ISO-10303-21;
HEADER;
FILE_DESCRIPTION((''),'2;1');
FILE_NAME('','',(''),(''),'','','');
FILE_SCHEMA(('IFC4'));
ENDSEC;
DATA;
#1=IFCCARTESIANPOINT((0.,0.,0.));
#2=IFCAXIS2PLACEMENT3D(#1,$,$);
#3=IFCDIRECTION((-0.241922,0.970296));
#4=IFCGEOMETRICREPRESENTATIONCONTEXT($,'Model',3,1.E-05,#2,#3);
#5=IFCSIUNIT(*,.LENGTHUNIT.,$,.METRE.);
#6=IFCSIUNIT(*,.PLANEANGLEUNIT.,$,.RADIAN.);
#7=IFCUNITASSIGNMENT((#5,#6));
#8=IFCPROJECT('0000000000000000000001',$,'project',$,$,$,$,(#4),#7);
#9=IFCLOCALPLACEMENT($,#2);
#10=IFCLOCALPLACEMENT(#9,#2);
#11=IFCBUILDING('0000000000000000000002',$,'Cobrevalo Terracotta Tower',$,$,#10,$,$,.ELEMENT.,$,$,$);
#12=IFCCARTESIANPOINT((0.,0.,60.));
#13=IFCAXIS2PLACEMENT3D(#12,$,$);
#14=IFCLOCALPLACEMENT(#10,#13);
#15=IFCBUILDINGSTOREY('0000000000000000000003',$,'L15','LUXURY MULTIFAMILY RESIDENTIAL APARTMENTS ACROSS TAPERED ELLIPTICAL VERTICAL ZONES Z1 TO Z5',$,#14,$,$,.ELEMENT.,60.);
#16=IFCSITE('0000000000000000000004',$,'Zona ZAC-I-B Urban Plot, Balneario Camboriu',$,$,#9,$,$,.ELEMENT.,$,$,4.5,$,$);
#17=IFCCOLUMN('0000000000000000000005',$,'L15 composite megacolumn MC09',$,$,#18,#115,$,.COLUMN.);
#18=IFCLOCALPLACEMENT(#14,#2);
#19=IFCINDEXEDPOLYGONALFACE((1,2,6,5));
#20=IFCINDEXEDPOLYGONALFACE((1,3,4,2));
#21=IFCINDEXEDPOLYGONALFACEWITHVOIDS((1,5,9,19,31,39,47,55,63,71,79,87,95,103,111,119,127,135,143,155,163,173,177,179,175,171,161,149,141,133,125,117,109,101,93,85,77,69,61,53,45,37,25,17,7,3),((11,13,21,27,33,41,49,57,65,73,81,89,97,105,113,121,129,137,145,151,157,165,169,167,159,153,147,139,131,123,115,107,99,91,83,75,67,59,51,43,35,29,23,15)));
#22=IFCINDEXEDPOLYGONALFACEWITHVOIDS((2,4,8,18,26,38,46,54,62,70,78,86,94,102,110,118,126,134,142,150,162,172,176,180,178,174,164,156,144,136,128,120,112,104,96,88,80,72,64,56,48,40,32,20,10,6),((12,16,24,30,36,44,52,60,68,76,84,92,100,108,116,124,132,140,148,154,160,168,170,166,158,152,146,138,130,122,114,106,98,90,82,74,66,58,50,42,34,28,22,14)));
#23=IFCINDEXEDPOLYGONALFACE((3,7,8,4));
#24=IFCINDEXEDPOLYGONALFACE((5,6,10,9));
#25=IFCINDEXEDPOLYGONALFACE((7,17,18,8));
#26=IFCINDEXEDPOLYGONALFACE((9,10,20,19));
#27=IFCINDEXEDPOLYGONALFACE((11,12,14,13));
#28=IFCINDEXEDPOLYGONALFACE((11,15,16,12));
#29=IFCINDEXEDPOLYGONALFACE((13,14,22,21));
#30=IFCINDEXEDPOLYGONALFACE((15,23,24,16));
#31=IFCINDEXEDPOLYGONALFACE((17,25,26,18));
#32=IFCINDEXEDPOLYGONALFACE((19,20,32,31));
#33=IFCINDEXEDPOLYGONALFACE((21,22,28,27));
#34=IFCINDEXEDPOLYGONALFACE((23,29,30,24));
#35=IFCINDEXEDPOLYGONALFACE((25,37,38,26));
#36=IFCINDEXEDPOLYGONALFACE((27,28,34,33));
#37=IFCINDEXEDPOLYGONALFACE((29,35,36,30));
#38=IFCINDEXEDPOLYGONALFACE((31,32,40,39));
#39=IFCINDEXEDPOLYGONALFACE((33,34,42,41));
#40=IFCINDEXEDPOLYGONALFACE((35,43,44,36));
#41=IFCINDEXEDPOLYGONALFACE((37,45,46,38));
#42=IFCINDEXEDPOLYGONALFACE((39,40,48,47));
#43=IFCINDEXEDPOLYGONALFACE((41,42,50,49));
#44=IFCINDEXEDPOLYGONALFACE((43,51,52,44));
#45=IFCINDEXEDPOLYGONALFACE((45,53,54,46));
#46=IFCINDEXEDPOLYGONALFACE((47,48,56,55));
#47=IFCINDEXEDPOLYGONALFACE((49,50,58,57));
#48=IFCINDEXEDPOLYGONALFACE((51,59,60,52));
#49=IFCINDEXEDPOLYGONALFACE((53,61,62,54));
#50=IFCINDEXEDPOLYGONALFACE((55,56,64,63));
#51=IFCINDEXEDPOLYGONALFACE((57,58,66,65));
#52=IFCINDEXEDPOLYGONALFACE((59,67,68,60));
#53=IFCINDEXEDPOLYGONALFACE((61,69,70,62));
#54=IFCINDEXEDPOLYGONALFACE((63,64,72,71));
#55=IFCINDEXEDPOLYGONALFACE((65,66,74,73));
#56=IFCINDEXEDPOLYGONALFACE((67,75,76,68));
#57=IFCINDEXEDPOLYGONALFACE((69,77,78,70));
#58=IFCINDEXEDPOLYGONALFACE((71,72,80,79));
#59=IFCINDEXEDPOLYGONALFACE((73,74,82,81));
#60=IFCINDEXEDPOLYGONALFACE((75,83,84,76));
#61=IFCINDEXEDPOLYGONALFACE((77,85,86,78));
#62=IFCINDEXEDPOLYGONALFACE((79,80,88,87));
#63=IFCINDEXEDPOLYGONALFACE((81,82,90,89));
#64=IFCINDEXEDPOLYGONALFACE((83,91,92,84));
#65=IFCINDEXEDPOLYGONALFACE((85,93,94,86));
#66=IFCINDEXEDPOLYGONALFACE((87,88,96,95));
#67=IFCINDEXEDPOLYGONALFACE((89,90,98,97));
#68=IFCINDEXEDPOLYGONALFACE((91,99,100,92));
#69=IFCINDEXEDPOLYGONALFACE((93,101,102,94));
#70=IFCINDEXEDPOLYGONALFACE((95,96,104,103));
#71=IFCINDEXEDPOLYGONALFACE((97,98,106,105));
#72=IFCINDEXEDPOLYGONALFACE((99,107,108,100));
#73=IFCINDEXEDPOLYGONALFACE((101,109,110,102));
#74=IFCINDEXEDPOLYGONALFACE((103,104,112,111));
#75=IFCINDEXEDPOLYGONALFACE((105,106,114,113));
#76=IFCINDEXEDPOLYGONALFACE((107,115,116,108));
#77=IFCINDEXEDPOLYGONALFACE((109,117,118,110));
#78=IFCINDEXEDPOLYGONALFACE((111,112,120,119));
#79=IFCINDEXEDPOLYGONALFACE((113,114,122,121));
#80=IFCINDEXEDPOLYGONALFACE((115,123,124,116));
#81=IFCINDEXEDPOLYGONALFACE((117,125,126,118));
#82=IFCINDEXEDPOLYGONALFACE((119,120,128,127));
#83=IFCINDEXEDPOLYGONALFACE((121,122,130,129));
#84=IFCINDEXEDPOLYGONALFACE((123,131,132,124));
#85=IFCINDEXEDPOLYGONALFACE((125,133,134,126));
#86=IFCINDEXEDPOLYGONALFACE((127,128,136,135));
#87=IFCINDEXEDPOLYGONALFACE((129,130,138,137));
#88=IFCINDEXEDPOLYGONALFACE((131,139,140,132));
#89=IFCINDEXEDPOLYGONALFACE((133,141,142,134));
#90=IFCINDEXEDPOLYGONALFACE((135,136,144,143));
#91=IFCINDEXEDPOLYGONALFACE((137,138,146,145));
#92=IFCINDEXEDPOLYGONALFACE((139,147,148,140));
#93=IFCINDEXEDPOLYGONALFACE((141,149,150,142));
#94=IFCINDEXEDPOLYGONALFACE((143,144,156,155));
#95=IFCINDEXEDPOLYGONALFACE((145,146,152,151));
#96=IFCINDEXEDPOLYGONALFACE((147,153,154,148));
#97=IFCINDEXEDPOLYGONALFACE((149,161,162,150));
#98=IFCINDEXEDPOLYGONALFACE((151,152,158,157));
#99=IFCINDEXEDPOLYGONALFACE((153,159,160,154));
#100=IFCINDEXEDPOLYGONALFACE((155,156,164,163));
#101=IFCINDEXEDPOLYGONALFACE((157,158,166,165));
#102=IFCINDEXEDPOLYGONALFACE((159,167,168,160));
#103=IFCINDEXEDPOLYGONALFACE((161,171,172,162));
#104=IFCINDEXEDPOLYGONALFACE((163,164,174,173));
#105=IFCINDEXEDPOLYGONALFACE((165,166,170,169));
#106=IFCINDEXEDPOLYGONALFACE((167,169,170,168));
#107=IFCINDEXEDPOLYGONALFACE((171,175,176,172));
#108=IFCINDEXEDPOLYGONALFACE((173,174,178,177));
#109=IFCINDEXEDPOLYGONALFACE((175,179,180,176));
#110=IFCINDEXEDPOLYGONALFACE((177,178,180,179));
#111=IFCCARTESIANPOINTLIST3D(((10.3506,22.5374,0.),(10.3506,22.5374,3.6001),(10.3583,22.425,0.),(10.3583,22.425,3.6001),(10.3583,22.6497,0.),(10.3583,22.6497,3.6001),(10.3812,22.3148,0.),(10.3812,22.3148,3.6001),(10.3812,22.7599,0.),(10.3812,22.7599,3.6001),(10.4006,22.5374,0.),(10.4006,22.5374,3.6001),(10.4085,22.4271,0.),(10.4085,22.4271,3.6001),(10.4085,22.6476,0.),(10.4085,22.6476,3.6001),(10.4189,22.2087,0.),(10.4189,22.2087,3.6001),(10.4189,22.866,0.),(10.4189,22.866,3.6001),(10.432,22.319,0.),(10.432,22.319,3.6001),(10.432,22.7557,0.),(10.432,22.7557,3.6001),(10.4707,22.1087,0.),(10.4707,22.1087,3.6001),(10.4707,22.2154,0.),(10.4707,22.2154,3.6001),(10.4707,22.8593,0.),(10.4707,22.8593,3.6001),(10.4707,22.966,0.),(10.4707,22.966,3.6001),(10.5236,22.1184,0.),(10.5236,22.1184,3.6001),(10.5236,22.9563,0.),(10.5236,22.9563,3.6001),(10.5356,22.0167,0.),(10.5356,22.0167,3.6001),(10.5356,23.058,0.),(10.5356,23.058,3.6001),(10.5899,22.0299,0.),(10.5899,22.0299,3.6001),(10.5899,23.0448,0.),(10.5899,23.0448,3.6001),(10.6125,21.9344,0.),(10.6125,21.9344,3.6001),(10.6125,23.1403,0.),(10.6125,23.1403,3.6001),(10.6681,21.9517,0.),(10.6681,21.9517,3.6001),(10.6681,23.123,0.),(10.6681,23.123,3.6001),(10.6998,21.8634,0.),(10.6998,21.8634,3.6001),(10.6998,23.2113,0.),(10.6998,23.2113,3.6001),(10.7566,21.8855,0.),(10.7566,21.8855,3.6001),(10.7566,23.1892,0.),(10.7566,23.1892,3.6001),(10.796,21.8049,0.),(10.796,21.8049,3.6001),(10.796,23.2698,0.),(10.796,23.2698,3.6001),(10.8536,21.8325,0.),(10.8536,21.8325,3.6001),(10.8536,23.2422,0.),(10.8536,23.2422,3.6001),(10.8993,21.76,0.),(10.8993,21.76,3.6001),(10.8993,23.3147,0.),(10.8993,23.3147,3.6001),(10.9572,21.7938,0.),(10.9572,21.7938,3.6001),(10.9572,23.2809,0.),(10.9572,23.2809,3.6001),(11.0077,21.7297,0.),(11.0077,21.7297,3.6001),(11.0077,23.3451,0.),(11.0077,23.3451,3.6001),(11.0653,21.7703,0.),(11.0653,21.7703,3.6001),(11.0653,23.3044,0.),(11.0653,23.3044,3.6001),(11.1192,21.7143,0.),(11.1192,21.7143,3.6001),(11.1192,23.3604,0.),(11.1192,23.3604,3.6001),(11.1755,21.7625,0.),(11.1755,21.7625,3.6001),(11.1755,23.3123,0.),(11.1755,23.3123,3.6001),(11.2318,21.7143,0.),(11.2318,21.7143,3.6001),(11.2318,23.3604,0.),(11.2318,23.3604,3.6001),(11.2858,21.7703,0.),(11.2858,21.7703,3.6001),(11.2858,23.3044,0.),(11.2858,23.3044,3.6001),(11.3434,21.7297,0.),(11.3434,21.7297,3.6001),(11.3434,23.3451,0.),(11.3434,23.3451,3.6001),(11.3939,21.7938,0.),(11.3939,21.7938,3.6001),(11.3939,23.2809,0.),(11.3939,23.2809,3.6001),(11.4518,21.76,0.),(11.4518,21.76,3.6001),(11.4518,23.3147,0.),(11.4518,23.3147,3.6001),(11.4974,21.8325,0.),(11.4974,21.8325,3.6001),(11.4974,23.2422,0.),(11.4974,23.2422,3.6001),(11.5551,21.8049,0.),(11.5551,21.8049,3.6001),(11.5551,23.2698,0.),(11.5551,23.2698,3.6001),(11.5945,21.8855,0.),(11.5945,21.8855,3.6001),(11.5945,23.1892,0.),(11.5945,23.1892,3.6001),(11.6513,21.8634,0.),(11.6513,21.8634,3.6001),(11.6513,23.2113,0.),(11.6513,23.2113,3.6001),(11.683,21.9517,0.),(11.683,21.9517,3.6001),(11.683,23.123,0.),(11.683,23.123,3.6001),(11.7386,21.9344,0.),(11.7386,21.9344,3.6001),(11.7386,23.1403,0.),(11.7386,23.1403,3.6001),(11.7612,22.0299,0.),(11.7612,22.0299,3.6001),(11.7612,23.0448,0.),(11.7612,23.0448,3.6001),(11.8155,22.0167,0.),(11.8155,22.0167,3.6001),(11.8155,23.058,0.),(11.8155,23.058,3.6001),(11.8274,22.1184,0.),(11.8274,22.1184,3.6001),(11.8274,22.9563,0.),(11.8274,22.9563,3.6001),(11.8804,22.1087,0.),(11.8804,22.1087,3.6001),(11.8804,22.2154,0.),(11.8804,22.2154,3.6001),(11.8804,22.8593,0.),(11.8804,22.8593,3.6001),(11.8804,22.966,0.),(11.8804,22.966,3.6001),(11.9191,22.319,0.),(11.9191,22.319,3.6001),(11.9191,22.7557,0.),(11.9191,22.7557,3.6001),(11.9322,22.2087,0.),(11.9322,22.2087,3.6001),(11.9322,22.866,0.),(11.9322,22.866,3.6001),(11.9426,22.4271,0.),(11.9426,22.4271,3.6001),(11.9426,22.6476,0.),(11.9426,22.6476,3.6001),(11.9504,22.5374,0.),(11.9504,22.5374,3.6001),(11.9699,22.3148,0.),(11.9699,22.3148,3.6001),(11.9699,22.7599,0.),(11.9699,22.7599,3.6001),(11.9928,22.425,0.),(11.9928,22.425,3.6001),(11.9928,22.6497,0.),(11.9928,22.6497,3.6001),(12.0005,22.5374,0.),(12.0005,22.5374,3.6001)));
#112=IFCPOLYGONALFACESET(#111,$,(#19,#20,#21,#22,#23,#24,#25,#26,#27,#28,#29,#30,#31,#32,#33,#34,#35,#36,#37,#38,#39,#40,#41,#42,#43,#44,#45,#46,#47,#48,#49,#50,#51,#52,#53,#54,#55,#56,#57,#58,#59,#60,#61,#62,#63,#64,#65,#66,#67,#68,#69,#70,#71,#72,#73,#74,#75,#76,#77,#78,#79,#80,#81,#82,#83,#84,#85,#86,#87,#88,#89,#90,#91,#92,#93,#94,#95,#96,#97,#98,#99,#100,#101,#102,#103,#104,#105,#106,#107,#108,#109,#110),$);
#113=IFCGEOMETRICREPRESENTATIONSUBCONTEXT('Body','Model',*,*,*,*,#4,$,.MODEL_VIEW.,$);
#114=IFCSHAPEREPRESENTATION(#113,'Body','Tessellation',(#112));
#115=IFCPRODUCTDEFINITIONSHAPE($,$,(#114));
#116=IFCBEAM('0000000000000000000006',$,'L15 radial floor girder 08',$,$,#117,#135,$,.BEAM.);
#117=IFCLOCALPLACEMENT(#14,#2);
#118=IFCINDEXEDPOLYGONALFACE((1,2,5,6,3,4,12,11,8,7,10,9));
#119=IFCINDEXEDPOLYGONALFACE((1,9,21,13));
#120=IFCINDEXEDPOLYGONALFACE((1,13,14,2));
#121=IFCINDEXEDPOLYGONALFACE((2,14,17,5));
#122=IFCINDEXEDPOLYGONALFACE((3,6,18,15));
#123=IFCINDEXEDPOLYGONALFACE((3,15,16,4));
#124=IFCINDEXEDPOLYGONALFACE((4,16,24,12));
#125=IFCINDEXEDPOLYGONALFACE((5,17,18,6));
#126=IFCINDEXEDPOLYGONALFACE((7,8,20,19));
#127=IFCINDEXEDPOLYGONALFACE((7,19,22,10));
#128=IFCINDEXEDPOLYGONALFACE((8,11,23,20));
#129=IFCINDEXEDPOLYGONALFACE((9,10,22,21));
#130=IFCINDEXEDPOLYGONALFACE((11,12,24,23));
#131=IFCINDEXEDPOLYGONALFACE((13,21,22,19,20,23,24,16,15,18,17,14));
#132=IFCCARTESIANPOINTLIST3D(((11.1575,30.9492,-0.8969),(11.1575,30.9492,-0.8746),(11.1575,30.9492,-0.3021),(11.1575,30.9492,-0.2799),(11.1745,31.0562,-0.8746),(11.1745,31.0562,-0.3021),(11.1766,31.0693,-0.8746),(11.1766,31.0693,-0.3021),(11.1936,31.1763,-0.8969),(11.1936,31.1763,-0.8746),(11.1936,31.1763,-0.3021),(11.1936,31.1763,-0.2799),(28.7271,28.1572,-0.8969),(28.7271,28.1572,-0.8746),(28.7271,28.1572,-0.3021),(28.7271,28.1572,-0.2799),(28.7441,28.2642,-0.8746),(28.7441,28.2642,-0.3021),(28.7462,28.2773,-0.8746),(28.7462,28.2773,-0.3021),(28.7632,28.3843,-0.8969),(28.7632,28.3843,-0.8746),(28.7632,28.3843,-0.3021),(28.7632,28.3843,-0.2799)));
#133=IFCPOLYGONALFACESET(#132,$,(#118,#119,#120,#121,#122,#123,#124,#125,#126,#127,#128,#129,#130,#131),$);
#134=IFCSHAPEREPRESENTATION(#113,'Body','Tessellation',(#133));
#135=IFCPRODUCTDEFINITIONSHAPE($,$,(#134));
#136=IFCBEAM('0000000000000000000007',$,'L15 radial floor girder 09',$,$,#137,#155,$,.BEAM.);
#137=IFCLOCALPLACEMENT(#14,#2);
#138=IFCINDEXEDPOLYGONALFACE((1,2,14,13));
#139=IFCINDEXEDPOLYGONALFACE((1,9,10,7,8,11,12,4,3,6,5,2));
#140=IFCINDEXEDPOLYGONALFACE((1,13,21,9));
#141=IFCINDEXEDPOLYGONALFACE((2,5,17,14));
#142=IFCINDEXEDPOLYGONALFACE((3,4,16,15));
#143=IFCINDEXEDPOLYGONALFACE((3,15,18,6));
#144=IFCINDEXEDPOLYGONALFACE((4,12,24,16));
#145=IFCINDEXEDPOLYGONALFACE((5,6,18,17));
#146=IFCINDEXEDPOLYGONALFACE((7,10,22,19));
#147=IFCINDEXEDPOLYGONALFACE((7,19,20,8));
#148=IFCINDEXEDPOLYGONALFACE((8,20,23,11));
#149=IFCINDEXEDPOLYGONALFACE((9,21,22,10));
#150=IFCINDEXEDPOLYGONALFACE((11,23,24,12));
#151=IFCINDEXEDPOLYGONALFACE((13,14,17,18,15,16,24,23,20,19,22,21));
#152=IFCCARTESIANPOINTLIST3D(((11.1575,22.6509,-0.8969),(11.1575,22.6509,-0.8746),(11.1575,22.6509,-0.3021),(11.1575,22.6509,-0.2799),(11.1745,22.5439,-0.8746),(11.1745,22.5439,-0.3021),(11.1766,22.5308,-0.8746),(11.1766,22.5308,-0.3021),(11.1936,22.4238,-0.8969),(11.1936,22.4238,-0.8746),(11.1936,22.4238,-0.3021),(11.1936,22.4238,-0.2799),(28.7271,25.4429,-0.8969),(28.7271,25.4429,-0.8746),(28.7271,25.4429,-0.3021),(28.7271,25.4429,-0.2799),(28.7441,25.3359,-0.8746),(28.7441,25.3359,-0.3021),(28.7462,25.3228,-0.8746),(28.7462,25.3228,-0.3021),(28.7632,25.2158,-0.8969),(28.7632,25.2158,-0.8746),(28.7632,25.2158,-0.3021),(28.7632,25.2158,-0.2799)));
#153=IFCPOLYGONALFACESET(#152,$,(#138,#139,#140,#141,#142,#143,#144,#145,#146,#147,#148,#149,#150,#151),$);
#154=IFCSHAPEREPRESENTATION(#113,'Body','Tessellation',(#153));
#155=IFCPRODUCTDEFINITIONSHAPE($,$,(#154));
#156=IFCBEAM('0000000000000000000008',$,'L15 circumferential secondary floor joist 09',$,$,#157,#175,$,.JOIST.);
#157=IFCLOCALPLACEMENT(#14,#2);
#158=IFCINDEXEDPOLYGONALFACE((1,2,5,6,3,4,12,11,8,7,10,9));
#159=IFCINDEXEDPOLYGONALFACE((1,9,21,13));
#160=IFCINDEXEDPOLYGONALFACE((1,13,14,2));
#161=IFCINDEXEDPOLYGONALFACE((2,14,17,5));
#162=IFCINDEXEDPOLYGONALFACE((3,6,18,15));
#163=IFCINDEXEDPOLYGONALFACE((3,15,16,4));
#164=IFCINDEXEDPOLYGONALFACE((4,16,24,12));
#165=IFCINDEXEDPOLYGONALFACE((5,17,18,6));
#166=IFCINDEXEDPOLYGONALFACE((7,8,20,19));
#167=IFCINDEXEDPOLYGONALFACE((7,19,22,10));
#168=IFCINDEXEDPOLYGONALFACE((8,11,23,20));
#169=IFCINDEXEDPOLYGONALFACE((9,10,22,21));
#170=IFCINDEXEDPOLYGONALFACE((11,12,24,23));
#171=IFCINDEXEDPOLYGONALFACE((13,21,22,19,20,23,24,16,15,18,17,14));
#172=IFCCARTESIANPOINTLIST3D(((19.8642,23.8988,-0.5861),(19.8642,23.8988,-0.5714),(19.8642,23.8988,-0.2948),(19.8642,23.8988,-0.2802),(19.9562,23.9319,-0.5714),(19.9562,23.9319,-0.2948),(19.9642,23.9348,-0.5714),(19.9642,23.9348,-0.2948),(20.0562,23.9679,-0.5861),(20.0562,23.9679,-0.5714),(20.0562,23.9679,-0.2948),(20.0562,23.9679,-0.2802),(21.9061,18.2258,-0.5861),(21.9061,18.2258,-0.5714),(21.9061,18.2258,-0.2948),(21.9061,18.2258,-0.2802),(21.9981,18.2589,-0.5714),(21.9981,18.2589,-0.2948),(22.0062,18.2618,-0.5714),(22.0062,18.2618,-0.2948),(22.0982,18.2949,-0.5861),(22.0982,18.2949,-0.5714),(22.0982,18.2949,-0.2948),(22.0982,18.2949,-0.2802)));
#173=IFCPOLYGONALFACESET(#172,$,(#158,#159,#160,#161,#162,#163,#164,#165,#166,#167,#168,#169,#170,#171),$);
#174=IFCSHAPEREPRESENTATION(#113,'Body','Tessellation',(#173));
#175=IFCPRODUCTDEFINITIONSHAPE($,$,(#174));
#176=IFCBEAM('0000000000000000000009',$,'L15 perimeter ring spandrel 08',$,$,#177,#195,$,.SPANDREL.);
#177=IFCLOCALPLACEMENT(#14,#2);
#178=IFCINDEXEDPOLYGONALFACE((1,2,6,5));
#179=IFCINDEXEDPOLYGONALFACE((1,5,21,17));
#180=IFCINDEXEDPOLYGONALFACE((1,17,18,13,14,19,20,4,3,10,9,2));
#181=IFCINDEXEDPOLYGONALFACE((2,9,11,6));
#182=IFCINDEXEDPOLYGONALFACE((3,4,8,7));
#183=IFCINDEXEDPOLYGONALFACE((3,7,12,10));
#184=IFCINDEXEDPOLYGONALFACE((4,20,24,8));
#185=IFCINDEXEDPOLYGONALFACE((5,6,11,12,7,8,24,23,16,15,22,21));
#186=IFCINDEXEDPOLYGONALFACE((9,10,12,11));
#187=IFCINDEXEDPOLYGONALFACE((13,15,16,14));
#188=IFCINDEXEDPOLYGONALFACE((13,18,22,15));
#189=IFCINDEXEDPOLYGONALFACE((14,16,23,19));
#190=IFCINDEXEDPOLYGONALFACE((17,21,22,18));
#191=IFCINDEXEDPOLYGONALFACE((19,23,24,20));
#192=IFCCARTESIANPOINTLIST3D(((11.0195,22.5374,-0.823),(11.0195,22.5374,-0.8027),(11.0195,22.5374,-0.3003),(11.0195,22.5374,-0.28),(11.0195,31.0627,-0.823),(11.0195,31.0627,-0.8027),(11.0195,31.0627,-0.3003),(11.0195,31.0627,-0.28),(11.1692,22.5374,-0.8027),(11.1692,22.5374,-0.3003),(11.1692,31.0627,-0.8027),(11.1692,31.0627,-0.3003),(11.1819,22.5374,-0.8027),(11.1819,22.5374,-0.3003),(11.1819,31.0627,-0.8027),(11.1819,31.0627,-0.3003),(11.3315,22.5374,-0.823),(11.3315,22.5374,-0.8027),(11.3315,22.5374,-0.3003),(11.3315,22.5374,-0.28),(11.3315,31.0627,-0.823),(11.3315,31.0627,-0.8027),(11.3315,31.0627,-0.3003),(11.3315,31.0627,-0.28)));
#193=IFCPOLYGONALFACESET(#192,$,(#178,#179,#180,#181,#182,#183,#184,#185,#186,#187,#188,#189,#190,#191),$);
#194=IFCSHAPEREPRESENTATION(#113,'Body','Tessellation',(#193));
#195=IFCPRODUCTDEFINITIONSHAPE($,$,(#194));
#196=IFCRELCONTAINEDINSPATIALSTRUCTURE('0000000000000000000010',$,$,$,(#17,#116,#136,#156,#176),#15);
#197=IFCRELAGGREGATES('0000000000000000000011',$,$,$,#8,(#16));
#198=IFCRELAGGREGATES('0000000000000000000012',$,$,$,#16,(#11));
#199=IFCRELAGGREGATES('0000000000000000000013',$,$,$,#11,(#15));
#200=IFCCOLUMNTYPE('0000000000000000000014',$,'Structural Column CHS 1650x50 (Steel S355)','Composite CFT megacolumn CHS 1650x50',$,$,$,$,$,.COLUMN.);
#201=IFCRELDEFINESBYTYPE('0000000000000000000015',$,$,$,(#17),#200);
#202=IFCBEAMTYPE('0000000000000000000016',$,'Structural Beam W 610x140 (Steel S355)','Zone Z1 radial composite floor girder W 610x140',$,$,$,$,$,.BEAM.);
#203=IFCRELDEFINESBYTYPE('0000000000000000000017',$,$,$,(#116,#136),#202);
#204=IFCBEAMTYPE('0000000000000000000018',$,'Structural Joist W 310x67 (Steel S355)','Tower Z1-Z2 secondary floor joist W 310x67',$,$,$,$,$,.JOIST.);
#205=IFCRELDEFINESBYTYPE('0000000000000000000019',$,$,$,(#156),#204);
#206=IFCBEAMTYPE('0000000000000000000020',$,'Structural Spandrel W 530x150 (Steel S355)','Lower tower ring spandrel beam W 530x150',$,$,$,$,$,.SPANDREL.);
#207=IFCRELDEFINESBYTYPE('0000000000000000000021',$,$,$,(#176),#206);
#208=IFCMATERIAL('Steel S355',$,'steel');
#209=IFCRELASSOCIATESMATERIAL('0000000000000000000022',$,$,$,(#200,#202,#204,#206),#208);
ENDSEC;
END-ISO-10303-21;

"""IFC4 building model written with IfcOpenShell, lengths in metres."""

from ifc_helpers import new_model, si_unit, direction, frame, origin, origin_2d, place, context, subcontext, project, spatial, hollow_circle, i_section, extrude, material, material_profile, profile_set, type_object, element, save


model = new_model("IFC4")

# Units and contexts
model_context = context("Model", 3, precision=1e-05, world=origin(), true_north=direction((-0.241922, 0.970296)))
body_context = subcontext(model_context, "Body", "Model", "MODEL_VIEW")
ifc_project = project(units=[si_unit("LENGTHUNIT", "METRE"), si_unit("PLANEANGLEUNIT", "RADIAN")], contexts=[model_context])

# Site, building, storey
site_placement = place(None, origin())
site = spatial("IfcSite", under=ifc_project, at=site_placement, Name="Zona ZAC-I-B Urban Plot, Balneario Camboriu", CompositionType="ELEMENT", RefElevation=4.5)
building_placement = place(site_placement, origin())
building = spatial("IfcBuilding", under=site, at=building_placement, Name="Cobrevalo Terracotta Tower", CompositionType="ELEMENT")
storey_placement = place(building_placement, frame((0.0, 0.0, 60.0)))
storey = spatial("IfcBuildingStorey", under=building, at=storey_placement, Name="L15", Description="LUXURY MULTIFAMILY RESIDENTIAL APARTMENTS ACROSS TAPERED ELLIPTICAL VERTICAL ZONES Z1 TO Z5", CompositionType="ELEMENT", Elevation=60.0)

# Column
ifc_material_1 = material(Name="Steel S355", Category="steel")
ifc_material_profile_1 = material_profile(ifc_material_1, hollow_circle(Radius=0.825, WallThickness=0.05, at=origin_2d()), Name="CHS 1650x50")
ifc_profile_set_1 = profile_set([ifc_material_profile_1], Name="Steel S355")
column_type = type_object("IfcColumnType", Name="Structural Column CHS 1650x50 (Steel S355)", Description="Composite CFT megacolumn CHS 1650x50", PredefinedType="COLUMN", material=ifc_profile_set_1)
for number, where, z_axis, x_axis, name in (
    (1, (11.1755, 22.5374, 0.0), (0.0, 0.0, 1.0), (1.0, 0.0, 0.0), "L15 composite megacolumn MC09"),
):
    element("IfcColumn", number, at=place(storey_placement, frame(where, z_axis=z_axis, x_axis=x_axis)), inside=storey, type_object=column_type, Name=name, PredefinedType="COLUMN", context=body_context, shape_type="SweptSolid", body=[
        extrude(hollow_circle(Radius=0.825, WallThickness=0.05, at=origin_2d()), origin(), (0.0, 0.0, 1.0), 3.6001),
    ])

# Beams
ifc_material_profile_2 = material_profile(ifc_material_1, i_section(OverallWidth=0.23, OverallDepth=0.6169, WebThickness=0.0132, FlangeThickness=0.0222, at=origin_2d()), Name="W 610x140")
ifc_profile_set_2 = profile_set([ifc_material_profile_2], Name="Steel S355")
beam_type_1 = type_object("IfcBeamType", Name="Structural Beam W 610x140 (Steel S355)", Description="Zone Z1 radial composite floor girder W 610x140", PredefinedType="BEAM", material=ifc_profile_set_2)
for number, where, z_axis, x_axis, name in (
    (2, (11.1755, 31.0627, -0.5884), (0.987608, -0.156941, 0.0), (0.156941, 0.987608, 0.0), "L15 radial floor girder 08"),
    (3, (11.1755, 22.5374, -0.5884), (0.987608, 0.156941, 0.0), (-0.156941, 0.987608, 0.0), "L15 radial floor girder 09"),
):
    element("IfcBeam", number, at=place(storey_placement, frame(where, z_axis=z_axis, x_axis=x_axis)), inside=storey, type_object=beam_type_1, Name=name, PredefinedType="BEAM", context=body_context, shape_type="SweptSolid", body=[
        extrude(i_section(OverallWidth=0.23, OverallDepth=0.6169, WebThickness=0.0132, FlangeThickness=0.0222, at=origin_2d()), origin(), (0.0, 0.0, 1.0), 17.79),
    ])
ifc_material_profile_3 = material_profile(ifc_material_1, i_section(OverallWidth=0.2041, OverallDepth=0.3059, WebThickness=0.0085, FlangeThickness=0.0146, at=origin_2d()), Name="W 310x67")
ifc_profile_set_3 = profile_set([ifc_material_profile_3], Name="Steel S355")
beam_type_2 = type_object("IfcBeamType", Name="Structural Joist W 310x67 (Steel S355)", Description="Tower Z1-Z2 secondary floor joist W 310x67", PredefinedType="JOIST", material=ifc_profile_set_3)
beam_1_placement = place(storey_placement, frame((19.9602, 23.9333, -0.4331), z_axis=(0.338672, -0.940904, 0.0), x_axis=(0.940904, 0.338672, 0.0)))
element("IfcBeam", 4, at=beam_1_placement, inside=storey, type_object=beam_type_2, Name="L15 circumferential secondary floor joist 09", PredefinedType="JOIST", context=body_context, shape_type="SweptSolid", body=[
    extrude(i_section(OverallWidth=0.2041, OverallDepth=0.3059, WebThickness=0.0085, FlangeThickness=0.0146, at=origin_2d()), origin(), (0.0, 0.0, 1.0), 6.0293),
])
ifc_material_profile_4 = material_profile(ifc_material_1, i_section(OverallWidth=0.312, OverallDepth=0.543, WebThickness=0.0127, FlangeThickness=0.0203, at=origin_2d()), Name="W 530x150")
ifc_profile_set_4 = profile_set([ifc_material_profile_4], Name="Steel S355")
beam_type_3 = type_object("IfcBeamType", Name="Structural Spandrel W 530x150 (Steel S355)", Description="Lower tower ring spandrel beam W 530x150", PredefinedType="SPANDREL", material=ifc_profile_set_4)
beam_2_placement = place(storey_placement, frame((11.1755, 31.0627, -0.5515), z_axis=(0.0, -1.0, 0.0), x_axis=(1.0, 0.0, 0.0)))
element("IfcBeam", 5, at=beam_2_placement, inside=storey, type_object=beam_type_3, Name="L15 perimeter ring spandrel 08", PredefinedType="SPANDREL", context=body_context, shape_type="SweptSolid", body=[
    extrude(i_section(OverallWidth=0.312, OverallDepth=0.543, WebThickness=0.0127, FlangeThickness=0.0203, at=origin_2d()), origin(), (0.0, 0.0, 1.0), 8.5254),
])

save(model, "model.ifc")
